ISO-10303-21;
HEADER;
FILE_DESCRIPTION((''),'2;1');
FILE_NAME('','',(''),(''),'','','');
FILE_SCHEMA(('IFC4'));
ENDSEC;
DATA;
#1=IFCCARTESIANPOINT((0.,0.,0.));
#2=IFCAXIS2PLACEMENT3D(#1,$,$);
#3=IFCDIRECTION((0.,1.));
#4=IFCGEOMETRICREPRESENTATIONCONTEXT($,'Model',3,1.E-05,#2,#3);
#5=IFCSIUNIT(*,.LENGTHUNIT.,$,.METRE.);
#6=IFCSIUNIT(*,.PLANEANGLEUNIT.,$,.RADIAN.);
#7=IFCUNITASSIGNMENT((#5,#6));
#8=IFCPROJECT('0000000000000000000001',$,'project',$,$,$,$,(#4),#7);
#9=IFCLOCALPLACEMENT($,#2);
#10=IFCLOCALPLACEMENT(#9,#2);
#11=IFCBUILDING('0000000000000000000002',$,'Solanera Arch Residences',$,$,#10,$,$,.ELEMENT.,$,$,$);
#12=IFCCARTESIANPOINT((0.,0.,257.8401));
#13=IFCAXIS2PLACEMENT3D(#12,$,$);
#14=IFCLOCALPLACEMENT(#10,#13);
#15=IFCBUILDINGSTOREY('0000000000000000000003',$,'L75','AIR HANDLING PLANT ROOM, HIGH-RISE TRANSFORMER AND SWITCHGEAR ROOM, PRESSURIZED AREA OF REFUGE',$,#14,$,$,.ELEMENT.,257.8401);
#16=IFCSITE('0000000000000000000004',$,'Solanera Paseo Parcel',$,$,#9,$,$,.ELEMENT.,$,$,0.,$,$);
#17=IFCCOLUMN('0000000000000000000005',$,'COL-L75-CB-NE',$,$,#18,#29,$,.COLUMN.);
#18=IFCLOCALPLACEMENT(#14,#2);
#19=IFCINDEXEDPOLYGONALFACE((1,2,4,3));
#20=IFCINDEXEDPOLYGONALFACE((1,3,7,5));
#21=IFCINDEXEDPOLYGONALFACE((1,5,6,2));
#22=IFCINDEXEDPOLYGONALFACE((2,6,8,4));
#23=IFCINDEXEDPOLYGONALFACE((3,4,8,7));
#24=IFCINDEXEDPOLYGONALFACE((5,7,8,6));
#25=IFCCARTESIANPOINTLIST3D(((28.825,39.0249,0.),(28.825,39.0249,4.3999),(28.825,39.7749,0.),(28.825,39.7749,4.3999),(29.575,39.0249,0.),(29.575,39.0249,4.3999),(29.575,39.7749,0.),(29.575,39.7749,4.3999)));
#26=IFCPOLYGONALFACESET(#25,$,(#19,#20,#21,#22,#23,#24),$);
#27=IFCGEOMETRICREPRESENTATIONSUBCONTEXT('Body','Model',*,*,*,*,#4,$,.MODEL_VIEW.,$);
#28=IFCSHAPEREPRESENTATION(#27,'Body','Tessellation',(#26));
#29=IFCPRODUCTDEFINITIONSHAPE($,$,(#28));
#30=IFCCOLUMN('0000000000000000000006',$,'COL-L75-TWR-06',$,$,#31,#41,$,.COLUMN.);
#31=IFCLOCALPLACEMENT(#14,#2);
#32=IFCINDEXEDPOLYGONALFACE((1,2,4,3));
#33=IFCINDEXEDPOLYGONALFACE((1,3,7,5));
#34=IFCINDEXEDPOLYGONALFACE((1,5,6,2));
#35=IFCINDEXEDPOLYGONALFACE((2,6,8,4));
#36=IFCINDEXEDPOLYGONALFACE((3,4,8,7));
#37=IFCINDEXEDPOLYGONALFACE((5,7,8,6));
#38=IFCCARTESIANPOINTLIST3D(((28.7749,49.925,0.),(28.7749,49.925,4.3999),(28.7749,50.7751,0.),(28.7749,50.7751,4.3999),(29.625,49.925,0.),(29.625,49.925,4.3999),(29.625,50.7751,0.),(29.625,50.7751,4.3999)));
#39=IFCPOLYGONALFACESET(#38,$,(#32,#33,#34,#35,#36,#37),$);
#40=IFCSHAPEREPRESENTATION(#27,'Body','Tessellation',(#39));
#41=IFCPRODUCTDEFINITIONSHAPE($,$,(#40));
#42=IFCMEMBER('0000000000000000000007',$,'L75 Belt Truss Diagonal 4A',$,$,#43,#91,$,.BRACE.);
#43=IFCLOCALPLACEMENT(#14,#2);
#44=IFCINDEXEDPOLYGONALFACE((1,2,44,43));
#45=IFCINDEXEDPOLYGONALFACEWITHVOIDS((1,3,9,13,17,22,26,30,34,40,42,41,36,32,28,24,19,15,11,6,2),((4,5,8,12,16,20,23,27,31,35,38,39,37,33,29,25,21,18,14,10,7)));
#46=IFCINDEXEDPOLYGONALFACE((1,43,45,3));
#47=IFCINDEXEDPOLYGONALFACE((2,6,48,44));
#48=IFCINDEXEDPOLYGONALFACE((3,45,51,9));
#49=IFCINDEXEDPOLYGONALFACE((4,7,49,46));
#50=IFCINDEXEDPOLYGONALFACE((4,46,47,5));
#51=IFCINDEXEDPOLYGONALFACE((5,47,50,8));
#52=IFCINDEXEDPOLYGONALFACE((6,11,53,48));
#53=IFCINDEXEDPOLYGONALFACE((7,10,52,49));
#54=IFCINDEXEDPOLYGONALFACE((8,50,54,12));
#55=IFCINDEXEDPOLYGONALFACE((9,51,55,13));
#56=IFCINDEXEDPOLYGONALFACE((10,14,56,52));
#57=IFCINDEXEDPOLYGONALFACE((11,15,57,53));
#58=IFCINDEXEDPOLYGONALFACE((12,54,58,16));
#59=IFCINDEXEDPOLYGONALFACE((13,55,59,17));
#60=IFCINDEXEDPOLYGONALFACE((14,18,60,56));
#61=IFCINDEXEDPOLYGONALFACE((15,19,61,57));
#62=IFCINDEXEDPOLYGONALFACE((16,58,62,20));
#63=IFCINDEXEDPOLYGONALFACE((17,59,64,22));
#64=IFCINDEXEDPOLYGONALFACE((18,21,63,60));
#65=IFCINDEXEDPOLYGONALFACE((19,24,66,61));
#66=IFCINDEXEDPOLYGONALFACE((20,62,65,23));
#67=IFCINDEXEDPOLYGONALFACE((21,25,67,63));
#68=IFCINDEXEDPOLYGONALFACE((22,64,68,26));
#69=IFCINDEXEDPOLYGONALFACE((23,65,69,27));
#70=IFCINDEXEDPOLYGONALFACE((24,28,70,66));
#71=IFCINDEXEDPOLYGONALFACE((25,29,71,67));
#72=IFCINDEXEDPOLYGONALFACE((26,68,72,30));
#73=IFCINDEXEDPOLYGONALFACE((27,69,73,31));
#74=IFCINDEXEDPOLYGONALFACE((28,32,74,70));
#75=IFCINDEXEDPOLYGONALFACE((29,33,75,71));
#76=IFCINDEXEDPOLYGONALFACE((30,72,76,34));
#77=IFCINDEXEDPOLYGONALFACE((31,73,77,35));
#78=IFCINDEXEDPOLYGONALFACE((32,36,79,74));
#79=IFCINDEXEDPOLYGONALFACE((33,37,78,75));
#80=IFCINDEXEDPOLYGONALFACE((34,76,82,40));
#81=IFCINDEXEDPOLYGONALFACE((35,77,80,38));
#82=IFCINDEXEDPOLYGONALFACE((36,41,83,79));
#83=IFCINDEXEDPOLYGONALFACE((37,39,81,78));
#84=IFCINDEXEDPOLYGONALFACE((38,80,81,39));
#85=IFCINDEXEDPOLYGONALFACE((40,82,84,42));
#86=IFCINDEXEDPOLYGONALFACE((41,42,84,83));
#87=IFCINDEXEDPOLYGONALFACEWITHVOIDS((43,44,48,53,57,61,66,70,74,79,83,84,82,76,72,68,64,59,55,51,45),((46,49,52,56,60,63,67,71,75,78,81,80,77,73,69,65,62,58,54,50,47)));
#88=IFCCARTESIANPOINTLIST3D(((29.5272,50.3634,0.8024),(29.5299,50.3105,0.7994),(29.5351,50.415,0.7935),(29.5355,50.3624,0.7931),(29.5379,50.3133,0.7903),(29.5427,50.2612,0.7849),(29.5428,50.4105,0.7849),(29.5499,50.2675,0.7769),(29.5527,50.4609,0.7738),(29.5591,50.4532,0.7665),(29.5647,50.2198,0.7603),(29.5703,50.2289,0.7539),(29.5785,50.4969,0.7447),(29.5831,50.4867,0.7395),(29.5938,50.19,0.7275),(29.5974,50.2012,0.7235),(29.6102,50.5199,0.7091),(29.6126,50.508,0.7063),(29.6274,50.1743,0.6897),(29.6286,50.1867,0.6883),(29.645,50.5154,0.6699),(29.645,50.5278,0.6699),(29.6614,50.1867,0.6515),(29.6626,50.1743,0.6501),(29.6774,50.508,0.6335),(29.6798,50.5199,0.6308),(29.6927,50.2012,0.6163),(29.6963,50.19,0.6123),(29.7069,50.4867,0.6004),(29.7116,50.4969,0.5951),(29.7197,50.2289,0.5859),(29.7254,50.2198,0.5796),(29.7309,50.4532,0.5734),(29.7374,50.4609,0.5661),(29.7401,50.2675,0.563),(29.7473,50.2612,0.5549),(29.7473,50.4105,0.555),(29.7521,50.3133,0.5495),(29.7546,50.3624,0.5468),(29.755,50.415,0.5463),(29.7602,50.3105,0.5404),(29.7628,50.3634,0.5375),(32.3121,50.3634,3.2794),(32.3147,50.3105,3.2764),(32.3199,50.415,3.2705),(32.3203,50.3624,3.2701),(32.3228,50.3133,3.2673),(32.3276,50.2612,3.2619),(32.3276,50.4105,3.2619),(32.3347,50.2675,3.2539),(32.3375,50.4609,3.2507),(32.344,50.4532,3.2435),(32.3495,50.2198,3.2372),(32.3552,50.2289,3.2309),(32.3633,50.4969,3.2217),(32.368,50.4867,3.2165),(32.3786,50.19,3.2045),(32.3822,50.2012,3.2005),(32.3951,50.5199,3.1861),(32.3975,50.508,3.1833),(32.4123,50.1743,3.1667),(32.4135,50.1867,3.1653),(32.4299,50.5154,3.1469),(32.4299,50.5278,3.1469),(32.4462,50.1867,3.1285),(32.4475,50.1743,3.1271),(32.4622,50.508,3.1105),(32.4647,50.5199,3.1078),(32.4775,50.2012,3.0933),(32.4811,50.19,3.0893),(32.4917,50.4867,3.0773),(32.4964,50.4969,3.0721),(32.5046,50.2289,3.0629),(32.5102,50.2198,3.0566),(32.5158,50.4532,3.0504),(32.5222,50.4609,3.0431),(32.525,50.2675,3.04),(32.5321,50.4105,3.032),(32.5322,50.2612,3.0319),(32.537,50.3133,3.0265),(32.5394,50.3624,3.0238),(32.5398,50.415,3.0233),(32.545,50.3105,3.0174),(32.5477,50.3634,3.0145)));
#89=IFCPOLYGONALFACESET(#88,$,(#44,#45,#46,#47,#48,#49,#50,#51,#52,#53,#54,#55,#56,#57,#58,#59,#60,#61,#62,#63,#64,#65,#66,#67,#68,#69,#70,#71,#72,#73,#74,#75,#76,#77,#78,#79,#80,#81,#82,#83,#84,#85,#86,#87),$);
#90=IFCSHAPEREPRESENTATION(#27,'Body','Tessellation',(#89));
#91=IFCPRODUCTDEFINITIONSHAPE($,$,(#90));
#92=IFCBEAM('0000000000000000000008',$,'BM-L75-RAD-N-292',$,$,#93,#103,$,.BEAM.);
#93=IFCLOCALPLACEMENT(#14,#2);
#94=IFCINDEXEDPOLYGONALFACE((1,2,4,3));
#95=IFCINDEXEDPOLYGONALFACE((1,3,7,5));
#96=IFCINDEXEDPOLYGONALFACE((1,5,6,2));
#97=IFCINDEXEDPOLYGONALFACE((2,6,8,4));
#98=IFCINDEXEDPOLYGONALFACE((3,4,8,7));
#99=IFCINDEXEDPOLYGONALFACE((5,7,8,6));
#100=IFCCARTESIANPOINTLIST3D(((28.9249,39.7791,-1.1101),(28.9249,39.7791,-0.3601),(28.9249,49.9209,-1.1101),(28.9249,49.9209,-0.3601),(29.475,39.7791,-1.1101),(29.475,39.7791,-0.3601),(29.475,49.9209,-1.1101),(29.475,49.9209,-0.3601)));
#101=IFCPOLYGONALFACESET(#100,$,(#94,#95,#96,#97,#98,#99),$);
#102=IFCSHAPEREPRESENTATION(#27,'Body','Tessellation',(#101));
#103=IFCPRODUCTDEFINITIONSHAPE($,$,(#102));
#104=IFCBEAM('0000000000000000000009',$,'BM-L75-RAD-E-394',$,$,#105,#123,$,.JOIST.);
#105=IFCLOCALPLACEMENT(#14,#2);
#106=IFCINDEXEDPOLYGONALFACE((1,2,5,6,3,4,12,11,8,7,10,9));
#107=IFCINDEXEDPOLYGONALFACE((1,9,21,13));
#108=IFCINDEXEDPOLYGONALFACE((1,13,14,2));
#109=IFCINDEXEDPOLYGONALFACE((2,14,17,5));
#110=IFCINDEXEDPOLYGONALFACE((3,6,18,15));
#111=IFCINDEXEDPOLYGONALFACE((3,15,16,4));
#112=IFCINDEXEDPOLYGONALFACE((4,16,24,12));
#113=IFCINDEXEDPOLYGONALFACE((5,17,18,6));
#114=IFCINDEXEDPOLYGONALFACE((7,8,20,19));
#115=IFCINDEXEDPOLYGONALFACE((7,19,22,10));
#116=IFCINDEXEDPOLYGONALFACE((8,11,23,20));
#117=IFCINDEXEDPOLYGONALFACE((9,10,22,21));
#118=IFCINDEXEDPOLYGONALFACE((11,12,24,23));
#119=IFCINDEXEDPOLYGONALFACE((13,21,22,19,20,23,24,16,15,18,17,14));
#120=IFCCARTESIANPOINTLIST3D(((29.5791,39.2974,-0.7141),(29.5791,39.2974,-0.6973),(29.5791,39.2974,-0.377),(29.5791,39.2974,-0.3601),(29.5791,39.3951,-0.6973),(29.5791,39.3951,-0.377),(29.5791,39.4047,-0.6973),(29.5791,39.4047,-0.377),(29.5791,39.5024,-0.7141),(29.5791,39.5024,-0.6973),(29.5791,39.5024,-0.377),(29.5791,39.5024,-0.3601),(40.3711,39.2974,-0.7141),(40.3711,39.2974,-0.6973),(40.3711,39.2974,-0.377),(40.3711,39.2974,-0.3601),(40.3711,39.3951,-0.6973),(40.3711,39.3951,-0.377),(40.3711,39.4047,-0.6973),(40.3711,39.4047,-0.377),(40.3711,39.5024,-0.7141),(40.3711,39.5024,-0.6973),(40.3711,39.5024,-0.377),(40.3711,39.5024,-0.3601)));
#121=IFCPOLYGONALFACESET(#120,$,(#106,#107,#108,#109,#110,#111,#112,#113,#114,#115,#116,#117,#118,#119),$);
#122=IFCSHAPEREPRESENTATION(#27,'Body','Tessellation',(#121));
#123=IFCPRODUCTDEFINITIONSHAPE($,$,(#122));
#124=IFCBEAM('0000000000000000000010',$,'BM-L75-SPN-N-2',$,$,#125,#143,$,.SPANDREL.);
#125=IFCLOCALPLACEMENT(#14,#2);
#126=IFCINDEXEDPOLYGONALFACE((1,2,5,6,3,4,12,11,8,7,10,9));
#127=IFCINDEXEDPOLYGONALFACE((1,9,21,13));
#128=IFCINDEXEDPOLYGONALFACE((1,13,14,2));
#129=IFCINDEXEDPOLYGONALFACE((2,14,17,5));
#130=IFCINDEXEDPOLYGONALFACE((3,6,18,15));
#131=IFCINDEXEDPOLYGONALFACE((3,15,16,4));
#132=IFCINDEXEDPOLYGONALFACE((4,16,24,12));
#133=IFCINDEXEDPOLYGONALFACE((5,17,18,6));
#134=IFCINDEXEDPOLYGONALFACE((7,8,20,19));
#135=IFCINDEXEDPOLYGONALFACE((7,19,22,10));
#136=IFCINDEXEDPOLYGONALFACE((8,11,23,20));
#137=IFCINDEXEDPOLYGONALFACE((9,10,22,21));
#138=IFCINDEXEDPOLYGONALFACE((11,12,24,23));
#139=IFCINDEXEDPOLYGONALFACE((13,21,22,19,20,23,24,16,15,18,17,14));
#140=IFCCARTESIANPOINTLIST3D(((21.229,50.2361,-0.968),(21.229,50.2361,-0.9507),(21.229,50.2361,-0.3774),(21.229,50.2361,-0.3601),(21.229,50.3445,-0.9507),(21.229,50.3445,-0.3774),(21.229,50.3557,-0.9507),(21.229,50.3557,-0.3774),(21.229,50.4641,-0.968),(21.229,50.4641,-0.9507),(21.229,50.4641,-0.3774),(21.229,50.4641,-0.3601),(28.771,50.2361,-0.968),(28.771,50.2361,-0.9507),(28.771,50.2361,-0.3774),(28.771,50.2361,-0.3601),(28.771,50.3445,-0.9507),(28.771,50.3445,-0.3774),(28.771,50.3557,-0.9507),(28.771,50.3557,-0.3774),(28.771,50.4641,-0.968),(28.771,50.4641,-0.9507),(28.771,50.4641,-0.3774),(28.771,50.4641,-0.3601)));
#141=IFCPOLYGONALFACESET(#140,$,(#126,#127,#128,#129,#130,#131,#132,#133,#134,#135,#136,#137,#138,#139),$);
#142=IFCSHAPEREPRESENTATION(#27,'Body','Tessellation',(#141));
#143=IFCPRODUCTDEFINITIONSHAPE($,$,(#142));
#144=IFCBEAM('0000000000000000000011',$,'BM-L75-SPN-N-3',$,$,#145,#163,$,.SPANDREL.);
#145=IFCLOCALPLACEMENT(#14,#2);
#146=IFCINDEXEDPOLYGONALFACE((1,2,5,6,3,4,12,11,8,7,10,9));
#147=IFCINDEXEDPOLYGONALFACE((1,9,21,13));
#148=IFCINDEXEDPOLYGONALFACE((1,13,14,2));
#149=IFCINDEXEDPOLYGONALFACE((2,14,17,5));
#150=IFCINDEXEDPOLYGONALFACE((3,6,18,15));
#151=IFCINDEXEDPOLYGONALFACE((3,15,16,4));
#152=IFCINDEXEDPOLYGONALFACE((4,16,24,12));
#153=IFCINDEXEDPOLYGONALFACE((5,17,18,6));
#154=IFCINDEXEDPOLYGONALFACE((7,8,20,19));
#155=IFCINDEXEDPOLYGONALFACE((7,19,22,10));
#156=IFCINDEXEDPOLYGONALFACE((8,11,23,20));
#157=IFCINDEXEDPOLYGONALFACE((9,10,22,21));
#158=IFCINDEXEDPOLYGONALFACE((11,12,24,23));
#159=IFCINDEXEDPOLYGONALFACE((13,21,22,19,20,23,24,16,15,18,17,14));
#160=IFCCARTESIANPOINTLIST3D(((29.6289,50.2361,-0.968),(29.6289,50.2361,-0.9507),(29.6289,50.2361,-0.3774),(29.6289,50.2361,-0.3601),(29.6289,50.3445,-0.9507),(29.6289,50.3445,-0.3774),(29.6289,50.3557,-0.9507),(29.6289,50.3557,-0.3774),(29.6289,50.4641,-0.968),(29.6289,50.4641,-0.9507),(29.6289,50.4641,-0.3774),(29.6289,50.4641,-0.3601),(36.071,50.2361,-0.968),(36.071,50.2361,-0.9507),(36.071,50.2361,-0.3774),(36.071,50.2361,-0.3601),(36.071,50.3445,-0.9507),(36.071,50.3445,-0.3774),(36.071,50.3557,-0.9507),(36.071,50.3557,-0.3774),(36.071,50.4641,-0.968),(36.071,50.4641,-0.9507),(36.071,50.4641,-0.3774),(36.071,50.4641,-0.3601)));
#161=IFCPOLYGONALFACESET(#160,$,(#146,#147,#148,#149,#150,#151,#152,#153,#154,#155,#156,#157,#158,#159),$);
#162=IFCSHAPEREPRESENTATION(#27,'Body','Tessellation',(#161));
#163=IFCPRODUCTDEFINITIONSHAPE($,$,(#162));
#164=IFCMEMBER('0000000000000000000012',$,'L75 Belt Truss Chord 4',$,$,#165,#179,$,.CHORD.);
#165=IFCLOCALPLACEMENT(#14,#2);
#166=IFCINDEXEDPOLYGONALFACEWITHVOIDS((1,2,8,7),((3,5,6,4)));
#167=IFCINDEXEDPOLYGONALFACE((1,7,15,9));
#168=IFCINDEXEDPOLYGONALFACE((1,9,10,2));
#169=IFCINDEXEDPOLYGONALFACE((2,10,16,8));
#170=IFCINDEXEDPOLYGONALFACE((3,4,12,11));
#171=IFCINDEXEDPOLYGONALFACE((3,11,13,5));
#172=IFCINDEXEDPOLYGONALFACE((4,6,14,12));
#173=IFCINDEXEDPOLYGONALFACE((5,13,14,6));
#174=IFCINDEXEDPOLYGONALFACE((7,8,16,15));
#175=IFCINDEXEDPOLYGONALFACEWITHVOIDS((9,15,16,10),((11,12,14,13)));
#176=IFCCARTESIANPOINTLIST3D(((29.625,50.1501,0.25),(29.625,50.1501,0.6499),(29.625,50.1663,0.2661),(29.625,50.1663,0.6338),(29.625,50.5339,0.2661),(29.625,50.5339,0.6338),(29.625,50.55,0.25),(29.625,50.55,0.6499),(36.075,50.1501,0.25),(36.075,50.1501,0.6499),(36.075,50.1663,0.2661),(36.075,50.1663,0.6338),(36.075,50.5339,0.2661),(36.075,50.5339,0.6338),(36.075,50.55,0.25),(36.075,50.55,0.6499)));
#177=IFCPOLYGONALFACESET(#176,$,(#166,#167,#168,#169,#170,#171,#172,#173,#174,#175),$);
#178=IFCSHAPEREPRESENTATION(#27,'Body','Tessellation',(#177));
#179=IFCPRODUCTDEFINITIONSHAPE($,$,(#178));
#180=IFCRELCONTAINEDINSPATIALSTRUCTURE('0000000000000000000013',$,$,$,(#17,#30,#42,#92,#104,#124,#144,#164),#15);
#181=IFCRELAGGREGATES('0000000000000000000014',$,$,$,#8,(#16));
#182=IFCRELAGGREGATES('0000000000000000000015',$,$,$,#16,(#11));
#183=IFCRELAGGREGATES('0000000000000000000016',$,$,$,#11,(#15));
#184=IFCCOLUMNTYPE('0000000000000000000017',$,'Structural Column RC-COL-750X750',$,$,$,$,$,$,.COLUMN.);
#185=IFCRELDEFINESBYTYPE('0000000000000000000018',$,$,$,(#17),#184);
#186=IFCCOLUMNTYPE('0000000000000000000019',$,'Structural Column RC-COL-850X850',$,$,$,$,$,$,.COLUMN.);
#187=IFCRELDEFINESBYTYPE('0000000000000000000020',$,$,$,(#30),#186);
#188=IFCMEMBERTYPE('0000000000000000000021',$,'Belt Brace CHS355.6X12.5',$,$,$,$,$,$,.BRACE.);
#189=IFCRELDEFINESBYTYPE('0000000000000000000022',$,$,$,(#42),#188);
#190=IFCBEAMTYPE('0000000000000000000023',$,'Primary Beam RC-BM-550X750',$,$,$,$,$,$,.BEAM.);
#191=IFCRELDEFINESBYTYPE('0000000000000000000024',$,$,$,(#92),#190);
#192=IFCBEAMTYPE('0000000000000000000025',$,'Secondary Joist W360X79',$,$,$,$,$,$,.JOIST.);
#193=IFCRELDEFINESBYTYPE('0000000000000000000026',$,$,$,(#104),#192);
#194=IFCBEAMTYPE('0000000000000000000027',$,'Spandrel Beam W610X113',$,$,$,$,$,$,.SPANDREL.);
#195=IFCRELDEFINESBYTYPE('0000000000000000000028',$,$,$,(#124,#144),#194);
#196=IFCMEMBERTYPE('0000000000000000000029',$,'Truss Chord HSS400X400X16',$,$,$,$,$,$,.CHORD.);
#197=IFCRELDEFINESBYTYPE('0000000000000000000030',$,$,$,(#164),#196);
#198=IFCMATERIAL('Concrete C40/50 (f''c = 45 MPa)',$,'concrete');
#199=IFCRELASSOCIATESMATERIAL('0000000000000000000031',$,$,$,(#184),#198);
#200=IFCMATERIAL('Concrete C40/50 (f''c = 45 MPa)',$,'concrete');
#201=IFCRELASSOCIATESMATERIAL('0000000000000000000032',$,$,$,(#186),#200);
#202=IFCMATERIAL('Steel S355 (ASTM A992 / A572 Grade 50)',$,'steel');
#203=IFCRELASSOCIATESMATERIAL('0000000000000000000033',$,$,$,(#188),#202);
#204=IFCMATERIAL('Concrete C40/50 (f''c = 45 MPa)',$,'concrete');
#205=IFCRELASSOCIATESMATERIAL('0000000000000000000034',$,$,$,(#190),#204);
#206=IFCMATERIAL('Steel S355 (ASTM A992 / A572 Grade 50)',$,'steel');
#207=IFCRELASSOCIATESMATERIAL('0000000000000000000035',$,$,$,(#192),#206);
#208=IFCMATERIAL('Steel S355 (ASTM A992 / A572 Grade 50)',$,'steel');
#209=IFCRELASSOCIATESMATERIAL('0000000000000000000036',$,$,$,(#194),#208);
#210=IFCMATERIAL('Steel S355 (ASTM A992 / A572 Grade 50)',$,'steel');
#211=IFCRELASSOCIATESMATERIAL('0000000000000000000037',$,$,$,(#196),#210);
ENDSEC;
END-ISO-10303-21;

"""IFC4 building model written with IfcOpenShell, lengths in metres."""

from ifc_helpers import new_model, si_unit, direction, frame, origin, origin_2d, place, context, subcontext, project, spatial, rectangle, hollow_rectangle, hollow_circle, i_section, extrude, material, material_profile, profile_set, type_object, element, save


model = new_model("IFC4")

# Units and contexts
model_context = context("Model", 3, precision=1e-05, world=origin(), true_north=direction((0.0, 1.0)))
body_context = subcontext(model_context, "Body", "Model", "MODEL_VIEW")
ifc_project = project(units=[si_unit("LENGTHUNIT", "METRE"), si_unit("PLANEANGLEUNIT", "RADIAN")], contexts=[model_context])

# Site, building, storey
site_placement = place(None, origin())
site = spatial("IfcSite", under=ifc_project, at=site_placement, Name="Solanera Paseo Parcel", CompositionType="ELEMENT", RefElevation=0.0)
building_placement = place(site_placement, origin())
building = spatial("IfcBuilding", under=site, at=building_placement, Name="Solanera Arch Residences", CompositionType="ELEMENT")
storey_placement = place(building_placement, frame((0.0, 0.0, 257.8401)))
storey = spatial("IfcBuildingStorey", under=building, at=storey_placement, Name="L75", Description="AIR HANDLING PLANT ROOM, HIGH-RISE TRANSFORMER AND SWITCHGEAR ROOM, PRESSURIZED AREA OF REFUGE", CompositionType="ELEMENT", Elevation=257.8401)

# Columns
ifc_material_1 = material(Name="Concrete C40/50 (f'c = 45 MPa)", Category="concrete")
ifc_material_profile_1 = material_profile(ifc_material_1, rectangle(XDim=0.75, YDim=0.75, at=origin_2d()))
ifc_profile_set_1 = profile_set([ifc_material_profile_1], Name="Concrete C40/50 (f'c = 45 MPa)")
column_type_1 = type_object("IfcColumnType", Name="Structural Column RC-COL-750X750", PredefinedType="COLUMN", material=ifc_profile_set_1)
column_1_placement = place(storey_placement, frame((29.2, 39.3999, 0.0), z_axis=(0.0, 0.0, 1.0), x_axis=(1.0, 0.0, 0.0)))
element("IfcColumn", 1, at=column_1_placement, inside=storey, type_object=column_type_1, Name="COL-L75-CB-NE", PredefinedType="COLUMN", context=body_context, shape_type="SweptSolid", body=[
    extrude(rectangle(XDim=0.75, YDim=0.75, at=origin_2d()), origin(), (0.0, 0.0, 1.0), 4.3999),
])
ifc_material_2 = material(Name="Concrete C40/50 (f'c = 45 MPa)", Category="concrete")
ifc_material_profile_2 = material_profile(ifc_material_2, rectangle(XDim=0.8501, YDim=0.8501, at=origin_2d()))
ifc_profile_set_2 = profile_set([ifc_material_profile_2], Name="Concrete C40/50 (f'c = 45 MPa)")
column_type_2 = type_object("IfcColumnType", Name="Structural Column RC-COL-850X850", PredefinedType="COLUMN", material=ifc_profile_set_2)
column_2_placement = place(storey_placement, frame((29.2, 50.3501, 0.0), z_axis=(0.0, 0.0, 1.0), x_axis=(1.0, 0.0, 0.0)))
element("IfcColumn", 2, at=column_2_placement, inside=storey, type_object=column_type_2, Name="COL-L75-TWR-06", PredefinedType="COLUMN", context=body_context, shape_type="SweptSolid", body=[
    extrude(rectangle(XDim=0.8501, YDim=0.8501, at=origin_2d()), origin(), (0.0, 0.0, 1.0), 4.3999),
])

# Member
ifc_material_3 = material(Name="Steel S355 (ASTM A992 / A572 Grade 50)", Category="steel")
ifc_material_profile_3 = material_profile(ifc_material_3, hollow_circle(Radius=0.1777, WallThickness=0.0125, at=origin_2d()))
ifc_profile_set_3 = profile_set([ifc_material_profile_3], Name="Steel S355 (ASTM A992 / A572 Grade 50)")
member_type_1 = type_object("IfcMemberType", Name="Belt Brace CHS355.6X12.5", PredefinedType="BRACE", material=ifc_profile_set_3)
member_1_placement = place(storey_placement, frame((29.645, 50.3501, 0.6699), z_axis=(0.7472, 0.0, 0.6646), x_axis=(0.0, 1.0, 0.0)))
element("IfcMember", 3, at=member_1_placement, inside=storey, type_object=member_type_1, Name="L75 Belt Truss Diagonal 4A", PredefinedType="BRACE", context=body_context, shape_type="SweptSolid", body=[
    extrude(hollow_circle(Radius=0.1777, WallThickness=0.0125, at=origin_2d()), origin(), (0.0, 0.0, 1.0), 3.7271),
])

# Beams
ifc_material_4 = material(Name="Concrete C40/50 (f'c = 45 MPa)", Category="concrete")
ifc_material_profile_4 = material_profile(ifc_material_4, rectangle(XDim=0.55, YDim=0.75, at=origin_2d()))
ifc_profile_set_4 = profile_set([ifc_material_profile_4], Name="Concrete C40/50 (f'c = 45 MPa)")
beam_type_1 = type_object("IfcBeamType", Name="Primary Beam RC-BM-550X750", PredefinedType="BEAM", material=ifc_profile_set_4)
beam_1_placement = place(storey_placement, frame((29.2, 39.7791, -0.7351), z_axis=(0.0, 1.0, 0.0), x_axis=(-1.0, 0.0, 0.0)))
element("IfcBeam", 4, at=beam_1_placement, inside=storey, type_object=beam_type_1, Name="BM-L75-RAD-N-292", PredefinedType="BEAM", context=body_context, shape_type="SweptSolid", body=[
    extrude(rectangle(XDim=0.55, YDim=0.75, at=origin_2d()), origin(), (0.0, 0.0, 1.0), 10.1418),
])
ifc_material_5 = material(Name="Steel S355 (ASTM A992 / A572 Grade 50)", Category="steel")
ifc_material_profile_5 = material_profile(ifc_material_5, i_section(OverallWidth=0.2051, OverallDepth=0.354, WebThickness=0.0095, FlangeThickness=0.0168, at=origin_2d()))
ifc_profile_set_5 = profile_set([ifc_material_profile_5], Name="Steel S355 (ASTM A992 / A572 Grade 50)")
beam_type_2 = type_object("IfcBeamType", Name="Secondary Joist W360X79", PredefinedType="JOIST", material=ifc_profile_set_5)
beam_2_placement = place(storey_placement, frame((29.5791, 39.3999, -0.5371), z_axis=(1.0, 0.0, 0.0), x_axis=(0.0, 1.0, 0.0)))
element("IfcBeam", 5, at=beam_2_placement, inside=storey, type_object=beam_type_2, Name="BM-L75-RAD-E-394", PredefinedType="JOIST", context=body_context, shape_type="SweptSolid", body=[
    extrude(i_section(OverallWidth=0.2051, OverallDepth=0.354, WebThickness=0.0095, FlangeThickness=0.0168, at=origin_2d()), origin(), (0.0, 0.0, 1.0), 10.792),
])
ifc_material_6 = material(Name="Steel S355 (ASTM A992 / A572 Grade 50)", Category="steel")
ifc_material_profile_6 = material_profile(ifc_material_6, i_section(OverallWidth=0.228, OverallDepth=0.6079, WebThickness=0.0112, FlangeThickness=0.0173, at=origin_2d()))
ifc_profile_set_6 = profile_set([ifc_material_profile_6], Name="Steel S355 (ASTM A992 / A572 Grade 50)")
beam_type_3 = type_object("IfcBeamType", Name="Spandrel Beam W610X113", PredefinedType="SPANDREL", material=ifc_profile_set_6)
beam_3_placement = place(storey_placement, frame((21.229, 50.3501, -0.6641), z_axis=(1.0, 0.0, 0.0), x_axis=(0.0, 1.0, 0.0)))
element("IfcBeam", 6, at=beam_3_placement, inside=storey, type_object=beam_type_3, Name="BM-L75-SPN-N-2", PredefinedType="SPANDREL", context=body_context, shape_type="SweptSolid", body=[
    extrude(i_section(OverallWidth=0.228, OverallDepth=0.6079, WebThickness=0.0112, FlangeThickness=0.0173, at=origin_2d()), origin(), (0.0, 0.0, 1.0), 7.542),
])
beam_4_placement = place(storey_placement, frame((29.6289, 50.3501, -0.6641), z_axis=(1.0, 0.0, 0.0), x_axis=(0.0, 1.0, 0.0)))
element("IfcBeam", 7, at=beam_4_placement, inside=storey, type_object=beam_type_3, Name="BM-L75-SPN-N-3", PredefinedType="SPANDREL", context=body_context, shape_type="SweptSolid", body=[
    extrude(i_section(OverallWidth=0.228, OverallDepth=0.6079, WebThickness=0.0112, FlangeThickness=0.0173, at=origin_2d()), origin(), (0.0, 0.0, 1.0), 6.4421),
])

# Member
ifc_material_7 = material(Name="Steel S355 (ASTM A992 / A572 Grade 50)", Category="steel")
ifc_material_profile_7 = material_profile(ifc_material_7, hollow_rectangle(XDim=0.3999, YDim=0.3999, WallThickness=0.0161, at=origin_2d()))
ifc_profile_set_7 = profile_set([ifc_material_profile_7], Name="Steel S355 (ASTM A992 / A572 Grade 50)")
member_type_2 = type_object("IfcMemberType", Name="Truss Chord HSS400X400X16", PredefinedType="CHORD", material=ifc_profile_set_7)
member_2_placement = place(storey_placement, frame((29.625, 50.3501, 0.45), z_axis=(1.0, 0.0, 0.0), x_axis=(0.0, 1.0, 0.0)))
element("IfcMember", 8, at=member_2_placement, inside=storey, type_object=member_type_2, Name="L75 Belt Truss Chord 4", PredefinedType="CHORD", context=body_context, shape_type="SweptSolid", body=[
    extrude(hollow_rectangle(XDim=0.3999, YDim=0.3999, WallThickness=0.0161, at=origin_2d()), origin(), (0.0, 0.0, 1.0), 6.45),
])

save(model, "model.ifc")
